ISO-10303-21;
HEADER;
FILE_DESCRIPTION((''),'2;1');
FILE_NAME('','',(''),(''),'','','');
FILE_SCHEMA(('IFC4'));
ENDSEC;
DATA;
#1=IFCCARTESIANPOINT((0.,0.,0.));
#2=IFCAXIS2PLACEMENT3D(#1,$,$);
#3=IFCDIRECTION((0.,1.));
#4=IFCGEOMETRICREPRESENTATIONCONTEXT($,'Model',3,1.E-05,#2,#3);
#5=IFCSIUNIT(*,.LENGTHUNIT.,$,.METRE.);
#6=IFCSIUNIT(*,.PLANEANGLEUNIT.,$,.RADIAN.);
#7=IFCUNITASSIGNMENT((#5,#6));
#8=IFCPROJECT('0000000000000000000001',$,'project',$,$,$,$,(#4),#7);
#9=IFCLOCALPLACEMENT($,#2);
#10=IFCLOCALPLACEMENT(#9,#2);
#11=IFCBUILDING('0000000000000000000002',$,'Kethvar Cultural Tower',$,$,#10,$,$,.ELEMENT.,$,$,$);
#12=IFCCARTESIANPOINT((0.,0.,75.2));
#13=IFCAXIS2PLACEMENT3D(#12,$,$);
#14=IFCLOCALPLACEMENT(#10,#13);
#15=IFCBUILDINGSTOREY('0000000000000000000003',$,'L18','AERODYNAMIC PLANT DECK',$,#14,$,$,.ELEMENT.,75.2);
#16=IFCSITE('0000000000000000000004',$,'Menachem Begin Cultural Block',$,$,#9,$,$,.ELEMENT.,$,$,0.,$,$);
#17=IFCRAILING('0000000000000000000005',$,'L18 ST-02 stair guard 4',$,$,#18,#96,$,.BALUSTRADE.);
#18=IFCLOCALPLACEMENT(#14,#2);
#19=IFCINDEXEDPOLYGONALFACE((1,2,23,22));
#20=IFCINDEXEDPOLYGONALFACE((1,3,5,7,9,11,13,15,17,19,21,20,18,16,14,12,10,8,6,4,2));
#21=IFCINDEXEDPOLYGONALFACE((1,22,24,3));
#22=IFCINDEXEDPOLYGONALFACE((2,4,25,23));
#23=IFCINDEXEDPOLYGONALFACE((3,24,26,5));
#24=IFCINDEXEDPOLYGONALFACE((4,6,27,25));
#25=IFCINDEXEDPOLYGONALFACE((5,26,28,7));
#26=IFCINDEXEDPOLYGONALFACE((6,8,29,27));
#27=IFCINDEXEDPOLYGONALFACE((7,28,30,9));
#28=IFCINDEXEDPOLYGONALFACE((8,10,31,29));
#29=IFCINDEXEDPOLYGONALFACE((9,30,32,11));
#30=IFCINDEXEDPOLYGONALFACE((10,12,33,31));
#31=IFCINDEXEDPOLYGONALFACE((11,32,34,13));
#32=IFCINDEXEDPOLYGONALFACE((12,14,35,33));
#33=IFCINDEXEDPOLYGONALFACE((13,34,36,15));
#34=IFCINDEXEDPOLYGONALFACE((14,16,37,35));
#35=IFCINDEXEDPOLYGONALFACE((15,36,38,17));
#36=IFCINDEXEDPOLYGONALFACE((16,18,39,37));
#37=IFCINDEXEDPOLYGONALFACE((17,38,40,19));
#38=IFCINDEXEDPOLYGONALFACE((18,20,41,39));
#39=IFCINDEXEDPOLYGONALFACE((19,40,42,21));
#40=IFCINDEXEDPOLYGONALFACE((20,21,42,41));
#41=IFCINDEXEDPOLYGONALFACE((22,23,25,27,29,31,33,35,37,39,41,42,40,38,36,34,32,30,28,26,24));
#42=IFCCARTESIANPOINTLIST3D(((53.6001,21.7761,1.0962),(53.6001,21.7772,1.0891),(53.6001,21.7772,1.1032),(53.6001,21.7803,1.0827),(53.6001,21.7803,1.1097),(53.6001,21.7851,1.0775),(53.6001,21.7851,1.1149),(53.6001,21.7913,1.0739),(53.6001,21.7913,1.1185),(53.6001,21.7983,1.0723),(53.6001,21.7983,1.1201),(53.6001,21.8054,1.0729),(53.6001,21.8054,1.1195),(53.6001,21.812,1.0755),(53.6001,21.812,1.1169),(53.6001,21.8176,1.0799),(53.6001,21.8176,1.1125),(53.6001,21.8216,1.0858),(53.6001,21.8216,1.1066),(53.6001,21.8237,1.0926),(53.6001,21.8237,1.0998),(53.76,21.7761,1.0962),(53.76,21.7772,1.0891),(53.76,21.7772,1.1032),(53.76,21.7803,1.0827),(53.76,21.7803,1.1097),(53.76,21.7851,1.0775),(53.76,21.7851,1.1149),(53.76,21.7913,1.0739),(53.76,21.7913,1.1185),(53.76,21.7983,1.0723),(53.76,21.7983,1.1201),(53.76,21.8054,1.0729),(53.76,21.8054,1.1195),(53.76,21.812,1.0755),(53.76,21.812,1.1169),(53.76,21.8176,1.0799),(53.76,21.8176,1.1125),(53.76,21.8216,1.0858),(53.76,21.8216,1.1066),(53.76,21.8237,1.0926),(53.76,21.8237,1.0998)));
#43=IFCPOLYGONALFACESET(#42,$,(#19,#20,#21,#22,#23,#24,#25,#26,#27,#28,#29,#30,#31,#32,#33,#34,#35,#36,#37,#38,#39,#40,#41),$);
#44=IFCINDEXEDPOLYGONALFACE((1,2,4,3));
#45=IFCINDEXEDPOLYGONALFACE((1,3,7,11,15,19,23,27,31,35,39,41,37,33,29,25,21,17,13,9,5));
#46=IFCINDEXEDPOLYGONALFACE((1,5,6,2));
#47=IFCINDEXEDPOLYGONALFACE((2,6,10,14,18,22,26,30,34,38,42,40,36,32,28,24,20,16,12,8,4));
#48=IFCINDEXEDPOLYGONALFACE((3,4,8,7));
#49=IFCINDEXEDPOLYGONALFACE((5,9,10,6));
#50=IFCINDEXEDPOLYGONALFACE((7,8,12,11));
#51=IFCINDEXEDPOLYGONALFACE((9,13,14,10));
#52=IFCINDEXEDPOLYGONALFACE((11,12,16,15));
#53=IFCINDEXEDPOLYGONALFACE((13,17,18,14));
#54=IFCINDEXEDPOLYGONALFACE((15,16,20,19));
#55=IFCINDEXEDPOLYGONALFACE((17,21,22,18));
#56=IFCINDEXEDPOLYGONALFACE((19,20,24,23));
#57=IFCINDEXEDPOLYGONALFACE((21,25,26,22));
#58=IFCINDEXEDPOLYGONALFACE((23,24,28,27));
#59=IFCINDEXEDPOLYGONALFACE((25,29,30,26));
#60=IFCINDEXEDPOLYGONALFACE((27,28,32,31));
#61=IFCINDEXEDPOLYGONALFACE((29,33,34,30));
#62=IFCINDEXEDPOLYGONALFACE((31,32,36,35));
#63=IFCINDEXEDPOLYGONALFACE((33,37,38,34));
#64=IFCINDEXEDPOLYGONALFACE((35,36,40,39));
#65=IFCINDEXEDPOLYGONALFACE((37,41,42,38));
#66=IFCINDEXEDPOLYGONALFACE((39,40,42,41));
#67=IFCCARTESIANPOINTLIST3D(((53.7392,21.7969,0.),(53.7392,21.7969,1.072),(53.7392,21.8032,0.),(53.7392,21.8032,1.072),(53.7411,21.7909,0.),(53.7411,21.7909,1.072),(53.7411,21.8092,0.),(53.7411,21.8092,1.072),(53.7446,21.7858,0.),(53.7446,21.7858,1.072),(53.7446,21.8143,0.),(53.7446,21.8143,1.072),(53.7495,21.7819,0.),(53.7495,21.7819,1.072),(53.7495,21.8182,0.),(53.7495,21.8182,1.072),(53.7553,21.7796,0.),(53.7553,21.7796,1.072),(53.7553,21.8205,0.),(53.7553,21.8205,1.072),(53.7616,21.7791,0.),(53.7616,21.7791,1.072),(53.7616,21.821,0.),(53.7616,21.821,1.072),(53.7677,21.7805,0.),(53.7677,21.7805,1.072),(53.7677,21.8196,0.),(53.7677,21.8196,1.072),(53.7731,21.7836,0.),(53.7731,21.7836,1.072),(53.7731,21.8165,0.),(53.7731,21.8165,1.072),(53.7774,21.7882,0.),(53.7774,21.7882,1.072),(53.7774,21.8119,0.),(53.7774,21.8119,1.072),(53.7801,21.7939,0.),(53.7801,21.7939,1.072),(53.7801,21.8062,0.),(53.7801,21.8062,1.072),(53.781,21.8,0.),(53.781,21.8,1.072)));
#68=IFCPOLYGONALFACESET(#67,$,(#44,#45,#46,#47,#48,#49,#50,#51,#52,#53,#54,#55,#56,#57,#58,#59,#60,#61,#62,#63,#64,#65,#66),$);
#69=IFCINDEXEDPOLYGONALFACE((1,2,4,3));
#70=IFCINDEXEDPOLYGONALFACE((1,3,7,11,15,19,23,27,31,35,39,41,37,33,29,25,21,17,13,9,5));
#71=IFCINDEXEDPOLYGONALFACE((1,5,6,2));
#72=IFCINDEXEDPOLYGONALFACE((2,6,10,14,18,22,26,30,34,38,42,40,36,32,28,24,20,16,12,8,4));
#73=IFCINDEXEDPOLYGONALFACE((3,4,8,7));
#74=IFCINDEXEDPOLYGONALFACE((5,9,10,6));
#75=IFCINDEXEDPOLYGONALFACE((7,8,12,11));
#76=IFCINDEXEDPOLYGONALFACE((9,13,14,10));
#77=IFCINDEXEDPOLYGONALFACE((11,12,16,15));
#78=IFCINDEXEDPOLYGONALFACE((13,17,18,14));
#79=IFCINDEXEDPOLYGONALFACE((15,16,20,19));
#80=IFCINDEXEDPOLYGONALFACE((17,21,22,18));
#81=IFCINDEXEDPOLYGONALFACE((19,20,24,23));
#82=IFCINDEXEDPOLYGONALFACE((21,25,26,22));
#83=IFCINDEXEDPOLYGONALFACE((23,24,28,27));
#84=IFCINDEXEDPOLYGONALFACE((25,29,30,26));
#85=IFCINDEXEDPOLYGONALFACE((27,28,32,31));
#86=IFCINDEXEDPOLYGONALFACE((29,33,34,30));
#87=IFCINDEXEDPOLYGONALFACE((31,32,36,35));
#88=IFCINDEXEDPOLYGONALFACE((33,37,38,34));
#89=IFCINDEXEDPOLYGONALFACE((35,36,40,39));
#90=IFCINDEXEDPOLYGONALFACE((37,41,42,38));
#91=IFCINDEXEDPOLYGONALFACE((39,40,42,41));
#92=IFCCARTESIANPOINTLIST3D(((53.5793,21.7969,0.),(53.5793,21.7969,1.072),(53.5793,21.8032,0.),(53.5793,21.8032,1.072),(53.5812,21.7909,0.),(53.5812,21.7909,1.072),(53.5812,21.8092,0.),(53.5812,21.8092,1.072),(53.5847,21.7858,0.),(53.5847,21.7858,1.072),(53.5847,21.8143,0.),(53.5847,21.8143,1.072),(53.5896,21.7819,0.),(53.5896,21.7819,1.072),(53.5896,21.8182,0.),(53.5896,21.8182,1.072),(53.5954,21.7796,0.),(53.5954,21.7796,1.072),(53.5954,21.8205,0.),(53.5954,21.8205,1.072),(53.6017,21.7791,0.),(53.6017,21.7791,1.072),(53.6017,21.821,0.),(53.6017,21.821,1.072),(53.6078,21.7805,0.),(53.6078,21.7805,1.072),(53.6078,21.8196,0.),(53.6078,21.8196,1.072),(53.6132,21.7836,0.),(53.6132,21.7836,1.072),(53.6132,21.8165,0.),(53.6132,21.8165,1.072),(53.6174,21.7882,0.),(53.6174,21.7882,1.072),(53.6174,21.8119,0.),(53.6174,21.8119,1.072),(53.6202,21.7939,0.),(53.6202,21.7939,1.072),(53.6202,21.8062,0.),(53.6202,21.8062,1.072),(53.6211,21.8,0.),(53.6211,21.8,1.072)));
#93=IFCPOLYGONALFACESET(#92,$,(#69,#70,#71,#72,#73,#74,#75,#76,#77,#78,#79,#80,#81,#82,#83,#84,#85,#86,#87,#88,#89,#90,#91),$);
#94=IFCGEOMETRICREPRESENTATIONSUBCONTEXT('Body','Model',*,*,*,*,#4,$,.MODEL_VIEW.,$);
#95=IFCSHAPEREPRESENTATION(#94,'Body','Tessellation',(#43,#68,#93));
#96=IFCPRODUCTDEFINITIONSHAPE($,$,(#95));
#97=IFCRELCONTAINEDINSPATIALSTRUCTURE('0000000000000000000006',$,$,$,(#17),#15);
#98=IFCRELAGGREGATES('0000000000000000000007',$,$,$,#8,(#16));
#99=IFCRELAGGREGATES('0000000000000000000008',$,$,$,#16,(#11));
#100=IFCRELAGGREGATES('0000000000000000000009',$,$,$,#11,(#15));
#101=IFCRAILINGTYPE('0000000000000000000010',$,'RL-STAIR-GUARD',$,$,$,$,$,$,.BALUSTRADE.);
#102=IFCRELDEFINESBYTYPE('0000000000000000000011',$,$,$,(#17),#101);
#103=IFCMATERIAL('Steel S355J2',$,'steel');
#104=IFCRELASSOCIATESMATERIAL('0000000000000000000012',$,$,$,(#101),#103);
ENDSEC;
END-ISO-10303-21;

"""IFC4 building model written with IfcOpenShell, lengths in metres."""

from ifc_helpers import new_model, si_unit, direction, frame, origin, origin_2d, place, context, subcontext, project, spatial, circle, extrude, material, type_object, element, save


model = new_model("IFC4")

# Units and contexts
model_context = context("Model", 3, precision=1e-05, world=origin(), true_north=direction((0.0, 1.0)))
body_context = subcontext(model_context, "Body", "Model", "MODEL_VIEW")
ifc_project = project(units=[si_unit("LENGTHUNIT", "METRE"), si_unit("PLANEANGLEUNIT", "RADIAN")], contexts=[model_context])

# Site, building, storey
site_placement = place(None, origin())
site = spatial("IfcSite", under=ifc_project, at=site_placement, Name="Menachem Begin Cultural Block", CompositionType="ELEMENT", RefElevation=0.0)
building_placement = place(site_placement, origin())
building = spatial("IfcBuilding", under=site, at=building_placement, Name="Kethvar Cultural Tower", CompositionType="ELEMENT")
storey_placement = place(building_placement, frame((0.0, 0.0, 75.2)))
storey = spatial("IfcBuildingStorey", under=building, at=storey_placement, Name="L18", Description="AERODYNAMIC PLANT DECK", CompositionType="ELEMENT", Elevation=75.2)

# Shared definitions
ifc_material_1 = material(Name="Steel S355J2", Category="steel")

# Railing
railing_type_1 = type_object("IfcRailingType", Name="RL-STAIR-GUARD", PredefinedType="BALUSTRADE", material=ifc_material_1)
railing_1_placement = place(storey_placement, frame((53.76, 21.8, 0.0)))
element("IfcRailing", 1, at=railing_1_placement, inside=storey, type_object=railing_type_1, Name="L18 ST-02 stair guard 4", PredefinedType="BALUSTRADE", context=body_context, shape_type="SweptSolid", body=[
    extrude(circle(Radius=0.0239, at=origin_2d()), frame((0.0, 0.0, 1.0962), z_axis=(-1.0, 0.0, 0.0), x_axis=(0.0, -1.0, 0.0)), (0.0, 0.0, 1.0), 0.1599),
    extrude(circle(Radius=0.021, at=origin_2d()), origin(), (0.0, 0.0, 1.0), 1.072),
    extrude(circle(Radius=0.021, at=origin_2d()), frame((-0.1599, 0.0, 0.0)), (0.0, 0.0, 1.0), 1.072),
])

save(model, "model.ifc")
